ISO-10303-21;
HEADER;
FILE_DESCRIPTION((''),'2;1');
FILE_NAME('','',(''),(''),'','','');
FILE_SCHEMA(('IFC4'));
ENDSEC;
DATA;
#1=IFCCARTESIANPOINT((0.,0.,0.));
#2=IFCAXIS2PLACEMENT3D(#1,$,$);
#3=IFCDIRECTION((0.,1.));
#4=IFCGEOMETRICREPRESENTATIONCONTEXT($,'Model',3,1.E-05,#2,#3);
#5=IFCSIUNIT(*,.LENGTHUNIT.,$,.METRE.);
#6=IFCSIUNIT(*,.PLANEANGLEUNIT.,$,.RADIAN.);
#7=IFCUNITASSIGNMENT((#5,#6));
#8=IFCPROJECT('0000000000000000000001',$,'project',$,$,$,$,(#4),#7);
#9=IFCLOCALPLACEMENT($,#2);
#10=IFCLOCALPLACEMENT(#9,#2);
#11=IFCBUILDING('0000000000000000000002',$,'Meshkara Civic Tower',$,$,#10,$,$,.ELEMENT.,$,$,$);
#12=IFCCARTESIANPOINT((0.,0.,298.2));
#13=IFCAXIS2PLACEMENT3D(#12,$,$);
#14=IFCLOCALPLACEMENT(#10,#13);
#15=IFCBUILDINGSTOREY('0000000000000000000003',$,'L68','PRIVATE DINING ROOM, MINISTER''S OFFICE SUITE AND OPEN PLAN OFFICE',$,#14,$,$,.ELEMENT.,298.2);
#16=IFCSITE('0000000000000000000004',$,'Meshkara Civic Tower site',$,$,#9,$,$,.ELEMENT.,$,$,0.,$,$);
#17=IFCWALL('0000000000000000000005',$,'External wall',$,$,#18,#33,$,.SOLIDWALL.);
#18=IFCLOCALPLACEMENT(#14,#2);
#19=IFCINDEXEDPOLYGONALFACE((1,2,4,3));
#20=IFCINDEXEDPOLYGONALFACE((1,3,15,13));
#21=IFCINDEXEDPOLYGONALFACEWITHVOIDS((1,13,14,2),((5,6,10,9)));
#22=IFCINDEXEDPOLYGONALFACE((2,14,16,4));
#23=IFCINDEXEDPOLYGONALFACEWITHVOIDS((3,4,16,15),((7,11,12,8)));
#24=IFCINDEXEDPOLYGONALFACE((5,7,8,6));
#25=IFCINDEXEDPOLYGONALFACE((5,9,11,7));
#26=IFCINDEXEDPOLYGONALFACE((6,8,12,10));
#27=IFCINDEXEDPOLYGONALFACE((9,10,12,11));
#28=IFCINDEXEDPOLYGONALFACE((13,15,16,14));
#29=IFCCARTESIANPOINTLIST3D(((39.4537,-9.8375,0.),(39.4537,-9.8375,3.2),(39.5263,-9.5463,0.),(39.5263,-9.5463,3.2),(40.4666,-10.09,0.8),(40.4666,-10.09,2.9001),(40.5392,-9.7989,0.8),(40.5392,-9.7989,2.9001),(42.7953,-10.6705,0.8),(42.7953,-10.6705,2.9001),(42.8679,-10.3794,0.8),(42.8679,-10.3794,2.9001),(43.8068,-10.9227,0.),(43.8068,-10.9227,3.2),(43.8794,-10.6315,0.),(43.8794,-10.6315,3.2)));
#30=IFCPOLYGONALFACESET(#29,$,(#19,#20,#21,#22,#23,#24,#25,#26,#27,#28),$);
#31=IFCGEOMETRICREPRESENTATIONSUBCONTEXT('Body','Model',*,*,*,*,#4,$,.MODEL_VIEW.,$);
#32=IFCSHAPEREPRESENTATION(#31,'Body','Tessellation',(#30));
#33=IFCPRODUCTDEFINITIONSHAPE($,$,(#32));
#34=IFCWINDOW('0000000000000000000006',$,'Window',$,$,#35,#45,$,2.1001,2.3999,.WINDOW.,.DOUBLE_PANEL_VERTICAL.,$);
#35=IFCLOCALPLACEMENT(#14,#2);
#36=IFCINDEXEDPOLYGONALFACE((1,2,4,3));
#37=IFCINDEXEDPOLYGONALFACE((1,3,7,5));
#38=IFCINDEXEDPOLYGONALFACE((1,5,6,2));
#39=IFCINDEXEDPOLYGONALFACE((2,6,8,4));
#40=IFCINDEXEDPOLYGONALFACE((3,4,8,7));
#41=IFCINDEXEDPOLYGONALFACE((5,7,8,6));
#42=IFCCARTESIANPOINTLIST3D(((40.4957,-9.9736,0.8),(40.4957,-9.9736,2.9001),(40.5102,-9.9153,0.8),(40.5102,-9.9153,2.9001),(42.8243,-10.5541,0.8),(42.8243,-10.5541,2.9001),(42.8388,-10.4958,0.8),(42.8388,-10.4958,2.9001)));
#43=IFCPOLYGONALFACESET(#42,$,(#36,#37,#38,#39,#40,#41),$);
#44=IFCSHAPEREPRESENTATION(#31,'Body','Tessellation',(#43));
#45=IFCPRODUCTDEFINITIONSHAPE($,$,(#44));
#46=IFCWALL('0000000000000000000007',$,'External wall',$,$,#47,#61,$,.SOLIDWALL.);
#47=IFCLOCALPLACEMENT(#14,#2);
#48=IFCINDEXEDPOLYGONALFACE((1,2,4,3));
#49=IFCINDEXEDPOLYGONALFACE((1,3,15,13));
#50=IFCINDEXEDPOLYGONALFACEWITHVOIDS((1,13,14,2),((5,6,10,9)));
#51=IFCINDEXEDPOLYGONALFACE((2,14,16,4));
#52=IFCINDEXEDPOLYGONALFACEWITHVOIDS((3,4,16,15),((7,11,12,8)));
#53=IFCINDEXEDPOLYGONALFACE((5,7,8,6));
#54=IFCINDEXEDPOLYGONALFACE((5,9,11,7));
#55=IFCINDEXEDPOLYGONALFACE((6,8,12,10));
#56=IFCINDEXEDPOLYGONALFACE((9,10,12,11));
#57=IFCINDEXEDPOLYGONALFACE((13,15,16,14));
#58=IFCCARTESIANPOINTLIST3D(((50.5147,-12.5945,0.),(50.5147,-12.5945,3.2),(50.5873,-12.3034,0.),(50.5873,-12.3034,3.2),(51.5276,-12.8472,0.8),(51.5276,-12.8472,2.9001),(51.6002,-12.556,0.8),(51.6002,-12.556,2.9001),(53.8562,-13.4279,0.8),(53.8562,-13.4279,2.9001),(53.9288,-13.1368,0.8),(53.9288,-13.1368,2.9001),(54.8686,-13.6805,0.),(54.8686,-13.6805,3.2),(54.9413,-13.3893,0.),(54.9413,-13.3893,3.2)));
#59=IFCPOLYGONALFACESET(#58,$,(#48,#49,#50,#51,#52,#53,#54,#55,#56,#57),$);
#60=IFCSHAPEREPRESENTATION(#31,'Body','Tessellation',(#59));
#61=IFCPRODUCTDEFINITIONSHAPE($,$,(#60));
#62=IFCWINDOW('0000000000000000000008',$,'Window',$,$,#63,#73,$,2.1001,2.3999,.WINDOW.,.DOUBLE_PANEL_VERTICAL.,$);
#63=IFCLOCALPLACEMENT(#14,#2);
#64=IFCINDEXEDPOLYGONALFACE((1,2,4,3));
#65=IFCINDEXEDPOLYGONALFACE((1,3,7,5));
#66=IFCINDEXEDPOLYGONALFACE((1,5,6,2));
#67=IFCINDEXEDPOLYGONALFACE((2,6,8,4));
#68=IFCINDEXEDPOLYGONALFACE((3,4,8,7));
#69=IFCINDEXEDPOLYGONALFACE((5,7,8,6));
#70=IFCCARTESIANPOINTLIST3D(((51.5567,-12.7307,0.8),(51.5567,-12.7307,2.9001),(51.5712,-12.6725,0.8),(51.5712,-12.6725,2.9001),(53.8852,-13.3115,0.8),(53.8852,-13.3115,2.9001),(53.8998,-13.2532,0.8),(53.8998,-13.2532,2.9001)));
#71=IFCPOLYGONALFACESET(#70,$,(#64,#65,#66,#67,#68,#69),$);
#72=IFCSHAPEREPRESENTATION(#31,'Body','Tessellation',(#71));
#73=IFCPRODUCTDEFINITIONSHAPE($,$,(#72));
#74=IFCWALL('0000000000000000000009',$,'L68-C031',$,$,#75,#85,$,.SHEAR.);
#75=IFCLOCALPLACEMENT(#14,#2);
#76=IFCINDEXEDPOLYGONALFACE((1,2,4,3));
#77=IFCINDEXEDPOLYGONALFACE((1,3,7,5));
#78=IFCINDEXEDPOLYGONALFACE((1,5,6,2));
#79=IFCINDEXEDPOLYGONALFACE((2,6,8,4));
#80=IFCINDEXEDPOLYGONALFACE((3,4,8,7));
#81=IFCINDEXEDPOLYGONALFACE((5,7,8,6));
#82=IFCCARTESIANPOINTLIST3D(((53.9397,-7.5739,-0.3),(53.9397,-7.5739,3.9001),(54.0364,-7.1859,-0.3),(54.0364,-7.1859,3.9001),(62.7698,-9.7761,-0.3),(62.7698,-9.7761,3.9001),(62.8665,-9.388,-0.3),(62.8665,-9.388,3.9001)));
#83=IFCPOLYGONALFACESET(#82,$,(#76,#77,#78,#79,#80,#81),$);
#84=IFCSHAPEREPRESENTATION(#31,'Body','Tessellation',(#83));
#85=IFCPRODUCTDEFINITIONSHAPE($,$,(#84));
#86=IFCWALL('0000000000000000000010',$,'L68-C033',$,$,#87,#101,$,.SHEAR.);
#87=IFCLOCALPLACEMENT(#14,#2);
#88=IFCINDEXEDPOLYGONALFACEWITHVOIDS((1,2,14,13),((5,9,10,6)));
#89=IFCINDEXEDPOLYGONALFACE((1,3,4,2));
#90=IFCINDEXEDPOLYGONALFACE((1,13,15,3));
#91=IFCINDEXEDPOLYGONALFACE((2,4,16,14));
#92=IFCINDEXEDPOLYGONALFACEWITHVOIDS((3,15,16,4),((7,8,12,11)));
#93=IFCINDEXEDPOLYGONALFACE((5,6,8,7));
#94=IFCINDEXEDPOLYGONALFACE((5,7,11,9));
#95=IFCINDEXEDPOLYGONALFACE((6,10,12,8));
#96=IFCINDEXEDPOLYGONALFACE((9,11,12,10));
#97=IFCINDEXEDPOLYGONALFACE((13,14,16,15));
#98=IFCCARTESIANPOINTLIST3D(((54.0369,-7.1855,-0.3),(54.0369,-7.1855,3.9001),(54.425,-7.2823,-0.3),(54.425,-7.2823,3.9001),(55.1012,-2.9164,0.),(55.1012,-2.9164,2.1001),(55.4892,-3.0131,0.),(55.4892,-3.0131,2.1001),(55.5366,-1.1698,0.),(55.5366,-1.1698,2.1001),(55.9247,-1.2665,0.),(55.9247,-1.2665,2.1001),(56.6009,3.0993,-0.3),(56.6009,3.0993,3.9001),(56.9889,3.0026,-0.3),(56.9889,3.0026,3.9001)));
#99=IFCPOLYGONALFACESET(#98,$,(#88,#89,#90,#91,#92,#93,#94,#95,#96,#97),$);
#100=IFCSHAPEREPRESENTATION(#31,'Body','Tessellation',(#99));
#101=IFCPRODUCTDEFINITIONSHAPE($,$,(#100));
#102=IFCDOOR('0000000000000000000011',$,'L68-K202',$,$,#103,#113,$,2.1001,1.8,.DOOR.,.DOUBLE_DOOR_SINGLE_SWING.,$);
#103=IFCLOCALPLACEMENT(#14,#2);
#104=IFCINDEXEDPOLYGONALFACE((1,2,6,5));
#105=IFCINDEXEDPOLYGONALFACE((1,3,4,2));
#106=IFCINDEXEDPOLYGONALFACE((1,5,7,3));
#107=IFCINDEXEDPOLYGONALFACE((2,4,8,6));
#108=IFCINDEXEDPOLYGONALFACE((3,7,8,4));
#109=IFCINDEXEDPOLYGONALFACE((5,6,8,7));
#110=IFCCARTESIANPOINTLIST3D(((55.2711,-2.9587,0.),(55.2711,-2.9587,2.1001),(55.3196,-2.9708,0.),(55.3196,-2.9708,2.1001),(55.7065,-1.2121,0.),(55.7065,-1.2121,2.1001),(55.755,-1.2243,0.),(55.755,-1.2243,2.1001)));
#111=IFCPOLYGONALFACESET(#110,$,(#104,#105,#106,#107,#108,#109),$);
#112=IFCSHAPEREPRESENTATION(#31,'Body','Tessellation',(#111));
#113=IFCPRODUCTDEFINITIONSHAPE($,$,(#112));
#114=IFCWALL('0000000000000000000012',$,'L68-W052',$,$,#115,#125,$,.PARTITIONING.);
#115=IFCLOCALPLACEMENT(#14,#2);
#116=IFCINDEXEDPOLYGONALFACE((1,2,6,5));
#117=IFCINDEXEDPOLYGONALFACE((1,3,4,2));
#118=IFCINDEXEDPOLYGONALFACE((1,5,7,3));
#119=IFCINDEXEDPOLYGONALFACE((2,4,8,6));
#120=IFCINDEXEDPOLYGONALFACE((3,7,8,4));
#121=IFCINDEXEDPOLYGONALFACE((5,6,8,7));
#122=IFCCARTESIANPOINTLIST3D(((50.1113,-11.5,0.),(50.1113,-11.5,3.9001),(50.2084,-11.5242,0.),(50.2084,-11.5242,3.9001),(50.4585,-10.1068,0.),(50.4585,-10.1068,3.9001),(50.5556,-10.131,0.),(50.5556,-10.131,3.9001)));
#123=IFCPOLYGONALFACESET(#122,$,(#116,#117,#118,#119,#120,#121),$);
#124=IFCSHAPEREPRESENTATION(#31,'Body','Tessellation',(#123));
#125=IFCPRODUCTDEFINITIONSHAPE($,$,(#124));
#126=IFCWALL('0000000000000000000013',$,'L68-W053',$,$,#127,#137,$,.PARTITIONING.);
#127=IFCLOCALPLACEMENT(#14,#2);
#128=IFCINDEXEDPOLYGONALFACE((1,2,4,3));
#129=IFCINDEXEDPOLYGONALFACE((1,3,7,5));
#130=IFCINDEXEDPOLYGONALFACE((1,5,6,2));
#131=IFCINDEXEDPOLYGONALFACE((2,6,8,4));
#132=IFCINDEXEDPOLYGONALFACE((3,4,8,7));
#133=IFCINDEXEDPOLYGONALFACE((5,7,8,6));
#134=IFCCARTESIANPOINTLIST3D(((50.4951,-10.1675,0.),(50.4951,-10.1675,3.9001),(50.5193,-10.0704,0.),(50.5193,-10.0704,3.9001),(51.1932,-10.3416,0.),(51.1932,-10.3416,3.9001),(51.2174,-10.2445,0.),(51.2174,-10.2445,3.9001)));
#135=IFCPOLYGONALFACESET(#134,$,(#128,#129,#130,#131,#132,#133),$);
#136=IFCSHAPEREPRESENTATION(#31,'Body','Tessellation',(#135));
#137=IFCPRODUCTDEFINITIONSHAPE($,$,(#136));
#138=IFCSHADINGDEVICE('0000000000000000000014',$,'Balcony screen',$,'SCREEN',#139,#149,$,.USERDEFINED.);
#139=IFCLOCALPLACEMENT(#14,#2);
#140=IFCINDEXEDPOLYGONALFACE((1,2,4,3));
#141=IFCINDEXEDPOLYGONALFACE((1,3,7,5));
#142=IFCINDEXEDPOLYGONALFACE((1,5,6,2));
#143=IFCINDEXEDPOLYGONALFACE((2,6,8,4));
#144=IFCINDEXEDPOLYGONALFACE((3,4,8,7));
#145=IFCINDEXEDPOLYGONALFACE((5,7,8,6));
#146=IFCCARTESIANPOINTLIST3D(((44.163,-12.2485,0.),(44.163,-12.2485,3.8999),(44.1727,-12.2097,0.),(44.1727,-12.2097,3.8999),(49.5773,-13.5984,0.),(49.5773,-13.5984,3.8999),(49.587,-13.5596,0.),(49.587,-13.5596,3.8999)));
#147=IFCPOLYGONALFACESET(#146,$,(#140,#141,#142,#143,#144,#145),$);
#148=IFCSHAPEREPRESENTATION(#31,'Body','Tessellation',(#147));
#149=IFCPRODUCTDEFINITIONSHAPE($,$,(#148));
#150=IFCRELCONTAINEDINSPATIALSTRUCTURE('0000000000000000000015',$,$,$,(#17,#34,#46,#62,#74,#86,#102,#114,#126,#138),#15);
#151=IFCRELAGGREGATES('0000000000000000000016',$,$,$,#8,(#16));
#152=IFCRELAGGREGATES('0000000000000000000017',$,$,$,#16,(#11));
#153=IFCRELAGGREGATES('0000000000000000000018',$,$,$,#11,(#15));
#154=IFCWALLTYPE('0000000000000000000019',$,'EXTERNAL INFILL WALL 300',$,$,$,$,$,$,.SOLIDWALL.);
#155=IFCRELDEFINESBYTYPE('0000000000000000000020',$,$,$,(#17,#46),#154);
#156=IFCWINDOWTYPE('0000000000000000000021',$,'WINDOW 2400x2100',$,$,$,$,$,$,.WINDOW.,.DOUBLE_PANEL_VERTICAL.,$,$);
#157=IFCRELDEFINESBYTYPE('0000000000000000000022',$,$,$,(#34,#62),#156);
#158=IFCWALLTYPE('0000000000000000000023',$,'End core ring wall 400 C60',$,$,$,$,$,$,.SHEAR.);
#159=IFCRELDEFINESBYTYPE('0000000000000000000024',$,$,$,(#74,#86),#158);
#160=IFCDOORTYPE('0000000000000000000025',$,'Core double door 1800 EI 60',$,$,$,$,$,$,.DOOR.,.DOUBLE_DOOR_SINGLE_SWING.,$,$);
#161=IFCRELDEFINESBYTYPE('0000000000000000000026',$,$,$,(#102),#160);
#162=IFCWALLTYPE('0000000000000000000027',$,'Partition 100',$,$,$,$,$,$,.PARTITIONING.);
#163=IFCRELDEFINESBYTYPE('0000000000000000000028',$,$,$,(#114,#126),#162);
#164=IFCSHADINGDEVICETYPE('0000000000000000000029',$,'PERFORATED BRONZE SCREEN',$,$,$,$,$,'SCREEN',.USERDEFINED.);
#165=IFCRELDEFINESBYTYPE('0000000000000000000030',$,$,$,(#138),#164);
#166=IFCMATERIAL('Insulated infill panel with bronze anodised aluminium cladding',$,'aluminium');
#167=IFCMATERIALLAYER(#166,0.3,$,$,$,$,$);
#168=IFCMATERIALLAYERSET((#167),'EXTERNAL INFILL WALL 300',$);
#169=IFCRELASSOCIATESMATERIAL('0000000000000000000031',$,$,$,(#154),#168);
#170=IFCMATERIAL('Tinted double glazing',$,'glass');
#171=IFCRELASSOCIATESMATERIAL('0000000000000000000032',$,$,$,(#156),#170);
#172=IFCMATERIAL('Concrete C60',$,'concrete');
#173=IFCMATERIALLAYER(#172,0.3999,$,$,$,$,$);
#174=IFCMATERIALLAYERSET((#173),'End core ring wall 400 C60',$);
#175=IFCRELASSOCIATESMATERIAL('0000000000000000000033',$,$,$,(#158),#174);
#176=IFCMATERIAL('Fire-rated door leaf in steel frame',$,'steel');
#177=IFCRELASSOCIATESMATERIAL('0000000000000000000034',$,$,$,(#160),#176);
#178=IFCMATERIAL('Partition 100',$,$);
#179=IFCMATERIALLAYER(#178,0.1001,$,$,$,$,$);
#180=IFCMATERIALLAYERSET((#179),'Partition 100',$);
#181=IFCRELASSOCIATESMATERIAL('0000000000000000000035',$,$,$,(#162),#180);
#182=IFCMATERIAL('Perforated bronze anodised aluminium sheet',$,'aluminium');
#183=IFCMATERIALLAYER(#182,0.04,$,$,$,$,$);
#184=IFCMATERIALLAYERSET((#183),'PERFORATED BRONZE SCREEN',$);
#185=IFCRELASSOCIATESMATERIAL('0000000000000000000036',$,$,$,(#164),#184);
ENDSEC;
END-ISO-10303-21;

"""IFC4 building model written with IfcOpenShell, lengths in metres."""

from ifc_helpers import new_model, si_unit, direction, frame, frame_2d, origin, origin_2d, place, context, subcontext, project, spatial, rectangle, extrude, material, layer, layer_set, type_object, element, fill, save


model = new_model("IFC4")

# Units and contexts
model_context = context("Model", 3, precision=1e-05, world=origin(), true_north=direction((0.0, 1.0)))
body_context = subcontext(model_context, "Body", "Model", "MODEL_VIEW")
ifc_project = project(units=[si_unit("LENGTHUNIT", "METRE"), si_unit("PLANEANGLEUNIT", "RADIAN")], contexts=[model_context])

# Site, building, storey
site_placement = place(None, origin())
site = spatial("IfcSite", under=ifc_project, at=site_placement, Name="Meshkara Civic Tower site", CompositionType="ELEMENT", RefElevation=0.0)
building_placement = place(site_placement, origin())
building = spatial("IfcBuilding", under=site, at=building_placement, Name="Meshkara Civic Tower", CompositionType="ELEMENT")
storey_placement = place(building_placement, frame((0.0, 0.0, 298.2)))
storey = spatial("IfcBuildingStorey", under=building, at=storey_placement, Name="L68", Description="PRIVATE DINING ROOM, MINISTER'S OFFICE SUITE AND OPEN PLAN OFFICE", CompositionType="ELEMENT", Elevation=298.2)

# Walls, openings, windows
ifc_material_1 = material(Name="Insulated infill panel with bronze anodised aluminium cladding", Category="aluminium")
ifc_layer_1 = layer(ifc_material_1, 0.3)
ifc_layer_set_1 = layer_set([ifc_layer_1], Name="EXTERNAL INFILL WALL 300")
wall_type_1 = type_object("IfcWallType", Name="EXTERNAL INFILL WALL 300", PredefinedType="SOLIDWALL", material=ifc_layer_set_1)
wall_1_placement = place(storey_placement, frame((39.49, -9.6919, 0.0), z_axis=(0.0, 0.0, 1.0), x_axis=(0.970302, -0.241895, 0.0)))
wall_1 = element("IfcWall", 1, at=wall_1_placement, inside=storey, type_object=wall_type_1, Name="External wall", PredefinedType="SOLIDWALL", context=body_context, shape_type="SweptSolid", body=[
    extrude(rectangle(XDim=4.4863, YDim=0.3, at=frame_2d((2.2432, 0.0))), origin(), (0.0, 0.0, 1.0), 3.2),
])
opening_1_placement = place(wall_1_placement, frame((1.0439, 0.0, 0.8)))
opening_1 = element("IfcOpeningElement", 2, at=opening_1_placement, cuts=wall_1, PredefinedType="OPENING", context=body_context, shape_type="SweptSolid", body=[
    extrude(rectangle(XDim=2.3999, YDim=2.1001, at=frame_2d((1.2, 1.05))), frame((0.0, 0.1599, 0.0), z_axis=(0.0, -1.0, 0.0), x_axis=(1.0, 0.0, 0.0)), (0.0, 0.0, 1.0), 0.3201),
])
ifc_material_2 = material(Name="Tinted double glazing", Category="glass")
window_type = type_object("IfcWindowType", Name="WINDOW 2400x2100", PartitioningType="DOUBLE_PANEL_VERTICAL", PredefinedType="WINDOW", material=ifc_material_2)
window_1_placement = place(opening_1_placement, origin())
window_1 = element("IfcWindow", 3, at=window_1_placement, inside=storey, type_object=window_type, Name="Window", OverallHeight=2.1001, OverallWidth=2.3999, PartitioningType="DOUBLE_PANEL_VERTICAL", PredefinedType="WINDOW", context=body_context, shape_type="SweptSolid", body=[
    extrude(rectangle(XDim=2.3999, YDim=2.1001, at=frame_2d((1.2, 1.05))), frame((0.0, 0.03, 0.0), z_axis=(0.0, -1.0, 0.0), x_axis=(1.0, 0.0, 0.0)), (0.0, 0.0, 1.0), 0.0601),
])
fill(opening_1, window_1)
wall_2_placement = place(storey_placement, frame((50.551, -12.449, 0.0), z_axis=(0.0, 0.0, 1.0), x_axis=(0.970277, -0.241998, 0.0)))
wall_2 = element("IfcWall", 4, at=wall_2_placement, inside=storey, type_object=wall_type_1, Name="External wall", PredefinedType="SOLIDWALL", context=body_context, shape_type="SweptSolid", body=[
    extrude(rectangle(XDim=4.4873, YDim=0.3, at=frame_2d((2.2437, 0.0))), origin(), (0.0, 0.0, 1.0), 3.2),
])
opening_2_placement = place(wall_2_placement, frame((1.0439, 0.0, 0.8)))
opening_2 = element("IfcOpeningElement", 5, at=opening_2_placement, cuts=wall_2, PredefinedType="OPENING", context=body_context, shape_type="SweptSolid", body=[
    extrude(rectangle(XDim=2.3999, YDim=2.1001, at=frame_2d((1.2, 1.05))), frame((0.0, 0.1599, 0.0), z_axis=(0.0, -1.0, 0.0), x_axis=(1.0, 0.0, 0.0)), (0.0, 0.0, 1.0), 0.3201),
])
window_2_placement = place(opening_2_placement, origin())
window_2 = element("IfcWindow", 6, at=window_2_placement, inside=storey, type_object=window_type, Name="Window", OverallHeight=2.1001, OverallWidth=2.3999, PartitioningType="DOUBLE_PANEL_VERTICAL", PredefinedType="WINDOW", context=body_context, shape_type="SweptSolid", body=[
    extrude(rectangle(XDim=2.3999, YDim=2.1001, at=frame_2d((1.2, 1.05))), frame((0.0, 0.03, 0.0), z_axis=(0.0, -1.0, 0.0), x_axis=(1.0, 0.0, 0.0)), (0.0, 0.0, 1.0), 0.0601),
])
fill(opening_2, window_2)

# Wall
ifc_material_3 = material(Name="Concrete C60", Category="concrete")
ifc_layer_2 = layer(ifc_material_3, 0.3999)
ifc_layer_set_2 = layer_set([ifc_layer_2], Name="End core ring wall 400 C60")
wall_type_2 = type_object("IfcWallType", Name="End core ring wall 400 C60", PredefinedType="SHEAR", material=ifc_layer_set_2)
wall_3_placement = place(storey_placement, frame((53.988, -7.3799, -0.3), z_axis=(0.0, 0.0, 1.0), x_axis=(0.970281, -0.24198, 0.0)))
element("IfcWall", 7, at=wall_3_placement, inside=storey, type_object=wall_type_2, Name="L68-C031", PredefinedType="SHEAR", context=body_context, shape_type="SweptSolid", body=[
    extrude(rectangle(XDim=9.1006, YDim=0.3999, at=frame_2d((4.5503, 0.0))), origin(), (0.0, 0.0, 1.0), 4.2002),
])

# Wall, opening, door
wall_4_placement = place(storey_placement, frame((54.231, -7.2339, -0.3), z_axis=(0.0, 0.0, 1.0), x_axis=(0.241891, 0.970304, 0.0)))
wall_4 = element("IfcWall", 8, at=wall_4_placement, inside=storey, type_object=wall_type_2, Name="L68-C033", PredefinedType="SHEAR", context=body_context, shape_type="SweptSolid", body=[
    extrude(rectangle(XDim=10.5996, YDim=0.3999, at=frame_2d((5.2998, 0.0))), origin(), (0.0, 0.0, 1.0), 4.2002),
])
opening_3_placement = place(wall_4_placement, frame((4.3999, 0.0, 0.3)))
opening_3 = element("IfcOpeningElement", 9, at=opening_3_placement, cuts=wall_4, PredefinedType="OPENING", context=body_context, shape_type="SweptSolid", body=[
    extrude(rectangle(XDim=1.8, YDim=2.1001, at=frame_2d((0.8999, 1.05))), frame((0.0, 0.21, 0.0), z_axis=(0.0, -1.0, 0.0), x_axis=(1.0, 0.0, 0.0)), (0.0, 0.0, 1.0), 0.4199),
])
ifc_material_4 = material(Name="Fire-rated door leaf in steel frame", Category="steel")
door_type_1 = type_object("IfcDoorType", Name="Core double door 1800 EI 60", OperationType="DOUBLE_DOOR_SINGLE_SWING", PredefinedType="DOOR", material=ifc_material_4)
door_1_placement = place(opening_3_placement, origin())
door_1 = element("IfcDoor", 10, at=door_1_placement, inside=storey, type_object=door_type_1, Name="L68-K202", OperationType="DOUBLE_DOOR_SINGLE_SWING", OverallHeight=2.1001, OverallWidth=1.8, PredefinedType="DOOR", context=body_context, shape_type="SweptSolid", body=[
    extrude(rectangle(XDim=1.8, YDim=2.1001, at=frame_2d((0.8999, 1.05))), frame((0.0, 0.0249, 0.0), z_axis=(0.0, -1.0, 0.0), x_axis=(1.0, 0.0, 0.0)), (0.0, 0.0, 1.0), 0.05),
])
fill(opening_3, door_1)

# Walls
ifc_material_5 = material(Name="Partition 100")
ifc_layer_3 = layer(ifc_material_5, 0.1001)
ifc_layer_set_3 = layer_set([ifc_layer_3], Name="Partition 100")
wall_type_3 = type_object("IfcWallType", Name="Partition 100", PredefinedType="PARTITIONING", material=ifc_layer_set_3)
wall_5_placement = place(storey_placement, frame((50.1599, -11.512, 0.0), z_axis=(0.0, 0.0, 1.0), x_axis=(0.241815, 0.970322, 0.0)))
element("IfcWall", 11, at=wall_5_placement, inside=storey, type_object=wall_type_3, Name="L68-W052", PredefinedType="PARTITIONING", context=body_context, shape_type="SweptSolid", body=[
    extrude(rectangle(XDim=1.4358, YDim=0.1001, at=frame_2d((0.7178, 0.0))), origin(), (0.0, 0.0, 1.0), 3.9001),
])
wall_6_placement = place(storey_placement, frame((50.5071, -10.1189, 0.0), z_axis=(0.0, 0.0, 1.0), x_axis=(0.970282, -0.241977, 0.0)))
element("IfcWall", 12, at=wall_6_placement, inside=storey, type_object=wall_type_3, Name="L68-W053", PredefinedType="PARTITIONING", context=body_context, shape_type="SweptSolid", body=[
    extrude(rectangle(XDim=0.7195, YDim=0.1001, at=frame_2d((0.3599, 0.0))), origin(), (0.0, 0.0, 1.0), 3.9001),
])

# Shading device
ifc_material_6 = material(Name="Perforated bronze anodised aluminium sheet", Category="aluminium")
ifc_layer_4 = layer(ifc_material_6, 0.04)
ifc_layer_set_4 = layer_set([ifc_layer_4], Name="PERFORATED BRONZE SCREEN")
shading_device_type = type_object("IfcShadingDeviceType", Name="PERFORATED BRONZE SCREEN", ElementType="SCREEN", PredefinedType="USERDEFINED", material=ifc_layer_set_4)
shading_device_placement = place(storey_placement, frame((46.875, -12.9041, 0.0), z_axis=(0.0, 0.0, 1.0), x_axis=(0.970296, -0.241922, 0.0)))
element("IfcShadingDevice", 13, at=shading_device_placement, inside=storey, type_object=shading_device_type, Name="Balcony screen", ObjectType="SCREEN", PredefinedType="USERDEFINED", context=body_context, shape_type="SweptSolid", body=[
    extrude(rectangle(XDim=5.5801, YDim=0.04, at=origin_2d()), origin(), (0.0, 0.0, 1.0), 3.8999),
])

save(model, "model.ifc")
